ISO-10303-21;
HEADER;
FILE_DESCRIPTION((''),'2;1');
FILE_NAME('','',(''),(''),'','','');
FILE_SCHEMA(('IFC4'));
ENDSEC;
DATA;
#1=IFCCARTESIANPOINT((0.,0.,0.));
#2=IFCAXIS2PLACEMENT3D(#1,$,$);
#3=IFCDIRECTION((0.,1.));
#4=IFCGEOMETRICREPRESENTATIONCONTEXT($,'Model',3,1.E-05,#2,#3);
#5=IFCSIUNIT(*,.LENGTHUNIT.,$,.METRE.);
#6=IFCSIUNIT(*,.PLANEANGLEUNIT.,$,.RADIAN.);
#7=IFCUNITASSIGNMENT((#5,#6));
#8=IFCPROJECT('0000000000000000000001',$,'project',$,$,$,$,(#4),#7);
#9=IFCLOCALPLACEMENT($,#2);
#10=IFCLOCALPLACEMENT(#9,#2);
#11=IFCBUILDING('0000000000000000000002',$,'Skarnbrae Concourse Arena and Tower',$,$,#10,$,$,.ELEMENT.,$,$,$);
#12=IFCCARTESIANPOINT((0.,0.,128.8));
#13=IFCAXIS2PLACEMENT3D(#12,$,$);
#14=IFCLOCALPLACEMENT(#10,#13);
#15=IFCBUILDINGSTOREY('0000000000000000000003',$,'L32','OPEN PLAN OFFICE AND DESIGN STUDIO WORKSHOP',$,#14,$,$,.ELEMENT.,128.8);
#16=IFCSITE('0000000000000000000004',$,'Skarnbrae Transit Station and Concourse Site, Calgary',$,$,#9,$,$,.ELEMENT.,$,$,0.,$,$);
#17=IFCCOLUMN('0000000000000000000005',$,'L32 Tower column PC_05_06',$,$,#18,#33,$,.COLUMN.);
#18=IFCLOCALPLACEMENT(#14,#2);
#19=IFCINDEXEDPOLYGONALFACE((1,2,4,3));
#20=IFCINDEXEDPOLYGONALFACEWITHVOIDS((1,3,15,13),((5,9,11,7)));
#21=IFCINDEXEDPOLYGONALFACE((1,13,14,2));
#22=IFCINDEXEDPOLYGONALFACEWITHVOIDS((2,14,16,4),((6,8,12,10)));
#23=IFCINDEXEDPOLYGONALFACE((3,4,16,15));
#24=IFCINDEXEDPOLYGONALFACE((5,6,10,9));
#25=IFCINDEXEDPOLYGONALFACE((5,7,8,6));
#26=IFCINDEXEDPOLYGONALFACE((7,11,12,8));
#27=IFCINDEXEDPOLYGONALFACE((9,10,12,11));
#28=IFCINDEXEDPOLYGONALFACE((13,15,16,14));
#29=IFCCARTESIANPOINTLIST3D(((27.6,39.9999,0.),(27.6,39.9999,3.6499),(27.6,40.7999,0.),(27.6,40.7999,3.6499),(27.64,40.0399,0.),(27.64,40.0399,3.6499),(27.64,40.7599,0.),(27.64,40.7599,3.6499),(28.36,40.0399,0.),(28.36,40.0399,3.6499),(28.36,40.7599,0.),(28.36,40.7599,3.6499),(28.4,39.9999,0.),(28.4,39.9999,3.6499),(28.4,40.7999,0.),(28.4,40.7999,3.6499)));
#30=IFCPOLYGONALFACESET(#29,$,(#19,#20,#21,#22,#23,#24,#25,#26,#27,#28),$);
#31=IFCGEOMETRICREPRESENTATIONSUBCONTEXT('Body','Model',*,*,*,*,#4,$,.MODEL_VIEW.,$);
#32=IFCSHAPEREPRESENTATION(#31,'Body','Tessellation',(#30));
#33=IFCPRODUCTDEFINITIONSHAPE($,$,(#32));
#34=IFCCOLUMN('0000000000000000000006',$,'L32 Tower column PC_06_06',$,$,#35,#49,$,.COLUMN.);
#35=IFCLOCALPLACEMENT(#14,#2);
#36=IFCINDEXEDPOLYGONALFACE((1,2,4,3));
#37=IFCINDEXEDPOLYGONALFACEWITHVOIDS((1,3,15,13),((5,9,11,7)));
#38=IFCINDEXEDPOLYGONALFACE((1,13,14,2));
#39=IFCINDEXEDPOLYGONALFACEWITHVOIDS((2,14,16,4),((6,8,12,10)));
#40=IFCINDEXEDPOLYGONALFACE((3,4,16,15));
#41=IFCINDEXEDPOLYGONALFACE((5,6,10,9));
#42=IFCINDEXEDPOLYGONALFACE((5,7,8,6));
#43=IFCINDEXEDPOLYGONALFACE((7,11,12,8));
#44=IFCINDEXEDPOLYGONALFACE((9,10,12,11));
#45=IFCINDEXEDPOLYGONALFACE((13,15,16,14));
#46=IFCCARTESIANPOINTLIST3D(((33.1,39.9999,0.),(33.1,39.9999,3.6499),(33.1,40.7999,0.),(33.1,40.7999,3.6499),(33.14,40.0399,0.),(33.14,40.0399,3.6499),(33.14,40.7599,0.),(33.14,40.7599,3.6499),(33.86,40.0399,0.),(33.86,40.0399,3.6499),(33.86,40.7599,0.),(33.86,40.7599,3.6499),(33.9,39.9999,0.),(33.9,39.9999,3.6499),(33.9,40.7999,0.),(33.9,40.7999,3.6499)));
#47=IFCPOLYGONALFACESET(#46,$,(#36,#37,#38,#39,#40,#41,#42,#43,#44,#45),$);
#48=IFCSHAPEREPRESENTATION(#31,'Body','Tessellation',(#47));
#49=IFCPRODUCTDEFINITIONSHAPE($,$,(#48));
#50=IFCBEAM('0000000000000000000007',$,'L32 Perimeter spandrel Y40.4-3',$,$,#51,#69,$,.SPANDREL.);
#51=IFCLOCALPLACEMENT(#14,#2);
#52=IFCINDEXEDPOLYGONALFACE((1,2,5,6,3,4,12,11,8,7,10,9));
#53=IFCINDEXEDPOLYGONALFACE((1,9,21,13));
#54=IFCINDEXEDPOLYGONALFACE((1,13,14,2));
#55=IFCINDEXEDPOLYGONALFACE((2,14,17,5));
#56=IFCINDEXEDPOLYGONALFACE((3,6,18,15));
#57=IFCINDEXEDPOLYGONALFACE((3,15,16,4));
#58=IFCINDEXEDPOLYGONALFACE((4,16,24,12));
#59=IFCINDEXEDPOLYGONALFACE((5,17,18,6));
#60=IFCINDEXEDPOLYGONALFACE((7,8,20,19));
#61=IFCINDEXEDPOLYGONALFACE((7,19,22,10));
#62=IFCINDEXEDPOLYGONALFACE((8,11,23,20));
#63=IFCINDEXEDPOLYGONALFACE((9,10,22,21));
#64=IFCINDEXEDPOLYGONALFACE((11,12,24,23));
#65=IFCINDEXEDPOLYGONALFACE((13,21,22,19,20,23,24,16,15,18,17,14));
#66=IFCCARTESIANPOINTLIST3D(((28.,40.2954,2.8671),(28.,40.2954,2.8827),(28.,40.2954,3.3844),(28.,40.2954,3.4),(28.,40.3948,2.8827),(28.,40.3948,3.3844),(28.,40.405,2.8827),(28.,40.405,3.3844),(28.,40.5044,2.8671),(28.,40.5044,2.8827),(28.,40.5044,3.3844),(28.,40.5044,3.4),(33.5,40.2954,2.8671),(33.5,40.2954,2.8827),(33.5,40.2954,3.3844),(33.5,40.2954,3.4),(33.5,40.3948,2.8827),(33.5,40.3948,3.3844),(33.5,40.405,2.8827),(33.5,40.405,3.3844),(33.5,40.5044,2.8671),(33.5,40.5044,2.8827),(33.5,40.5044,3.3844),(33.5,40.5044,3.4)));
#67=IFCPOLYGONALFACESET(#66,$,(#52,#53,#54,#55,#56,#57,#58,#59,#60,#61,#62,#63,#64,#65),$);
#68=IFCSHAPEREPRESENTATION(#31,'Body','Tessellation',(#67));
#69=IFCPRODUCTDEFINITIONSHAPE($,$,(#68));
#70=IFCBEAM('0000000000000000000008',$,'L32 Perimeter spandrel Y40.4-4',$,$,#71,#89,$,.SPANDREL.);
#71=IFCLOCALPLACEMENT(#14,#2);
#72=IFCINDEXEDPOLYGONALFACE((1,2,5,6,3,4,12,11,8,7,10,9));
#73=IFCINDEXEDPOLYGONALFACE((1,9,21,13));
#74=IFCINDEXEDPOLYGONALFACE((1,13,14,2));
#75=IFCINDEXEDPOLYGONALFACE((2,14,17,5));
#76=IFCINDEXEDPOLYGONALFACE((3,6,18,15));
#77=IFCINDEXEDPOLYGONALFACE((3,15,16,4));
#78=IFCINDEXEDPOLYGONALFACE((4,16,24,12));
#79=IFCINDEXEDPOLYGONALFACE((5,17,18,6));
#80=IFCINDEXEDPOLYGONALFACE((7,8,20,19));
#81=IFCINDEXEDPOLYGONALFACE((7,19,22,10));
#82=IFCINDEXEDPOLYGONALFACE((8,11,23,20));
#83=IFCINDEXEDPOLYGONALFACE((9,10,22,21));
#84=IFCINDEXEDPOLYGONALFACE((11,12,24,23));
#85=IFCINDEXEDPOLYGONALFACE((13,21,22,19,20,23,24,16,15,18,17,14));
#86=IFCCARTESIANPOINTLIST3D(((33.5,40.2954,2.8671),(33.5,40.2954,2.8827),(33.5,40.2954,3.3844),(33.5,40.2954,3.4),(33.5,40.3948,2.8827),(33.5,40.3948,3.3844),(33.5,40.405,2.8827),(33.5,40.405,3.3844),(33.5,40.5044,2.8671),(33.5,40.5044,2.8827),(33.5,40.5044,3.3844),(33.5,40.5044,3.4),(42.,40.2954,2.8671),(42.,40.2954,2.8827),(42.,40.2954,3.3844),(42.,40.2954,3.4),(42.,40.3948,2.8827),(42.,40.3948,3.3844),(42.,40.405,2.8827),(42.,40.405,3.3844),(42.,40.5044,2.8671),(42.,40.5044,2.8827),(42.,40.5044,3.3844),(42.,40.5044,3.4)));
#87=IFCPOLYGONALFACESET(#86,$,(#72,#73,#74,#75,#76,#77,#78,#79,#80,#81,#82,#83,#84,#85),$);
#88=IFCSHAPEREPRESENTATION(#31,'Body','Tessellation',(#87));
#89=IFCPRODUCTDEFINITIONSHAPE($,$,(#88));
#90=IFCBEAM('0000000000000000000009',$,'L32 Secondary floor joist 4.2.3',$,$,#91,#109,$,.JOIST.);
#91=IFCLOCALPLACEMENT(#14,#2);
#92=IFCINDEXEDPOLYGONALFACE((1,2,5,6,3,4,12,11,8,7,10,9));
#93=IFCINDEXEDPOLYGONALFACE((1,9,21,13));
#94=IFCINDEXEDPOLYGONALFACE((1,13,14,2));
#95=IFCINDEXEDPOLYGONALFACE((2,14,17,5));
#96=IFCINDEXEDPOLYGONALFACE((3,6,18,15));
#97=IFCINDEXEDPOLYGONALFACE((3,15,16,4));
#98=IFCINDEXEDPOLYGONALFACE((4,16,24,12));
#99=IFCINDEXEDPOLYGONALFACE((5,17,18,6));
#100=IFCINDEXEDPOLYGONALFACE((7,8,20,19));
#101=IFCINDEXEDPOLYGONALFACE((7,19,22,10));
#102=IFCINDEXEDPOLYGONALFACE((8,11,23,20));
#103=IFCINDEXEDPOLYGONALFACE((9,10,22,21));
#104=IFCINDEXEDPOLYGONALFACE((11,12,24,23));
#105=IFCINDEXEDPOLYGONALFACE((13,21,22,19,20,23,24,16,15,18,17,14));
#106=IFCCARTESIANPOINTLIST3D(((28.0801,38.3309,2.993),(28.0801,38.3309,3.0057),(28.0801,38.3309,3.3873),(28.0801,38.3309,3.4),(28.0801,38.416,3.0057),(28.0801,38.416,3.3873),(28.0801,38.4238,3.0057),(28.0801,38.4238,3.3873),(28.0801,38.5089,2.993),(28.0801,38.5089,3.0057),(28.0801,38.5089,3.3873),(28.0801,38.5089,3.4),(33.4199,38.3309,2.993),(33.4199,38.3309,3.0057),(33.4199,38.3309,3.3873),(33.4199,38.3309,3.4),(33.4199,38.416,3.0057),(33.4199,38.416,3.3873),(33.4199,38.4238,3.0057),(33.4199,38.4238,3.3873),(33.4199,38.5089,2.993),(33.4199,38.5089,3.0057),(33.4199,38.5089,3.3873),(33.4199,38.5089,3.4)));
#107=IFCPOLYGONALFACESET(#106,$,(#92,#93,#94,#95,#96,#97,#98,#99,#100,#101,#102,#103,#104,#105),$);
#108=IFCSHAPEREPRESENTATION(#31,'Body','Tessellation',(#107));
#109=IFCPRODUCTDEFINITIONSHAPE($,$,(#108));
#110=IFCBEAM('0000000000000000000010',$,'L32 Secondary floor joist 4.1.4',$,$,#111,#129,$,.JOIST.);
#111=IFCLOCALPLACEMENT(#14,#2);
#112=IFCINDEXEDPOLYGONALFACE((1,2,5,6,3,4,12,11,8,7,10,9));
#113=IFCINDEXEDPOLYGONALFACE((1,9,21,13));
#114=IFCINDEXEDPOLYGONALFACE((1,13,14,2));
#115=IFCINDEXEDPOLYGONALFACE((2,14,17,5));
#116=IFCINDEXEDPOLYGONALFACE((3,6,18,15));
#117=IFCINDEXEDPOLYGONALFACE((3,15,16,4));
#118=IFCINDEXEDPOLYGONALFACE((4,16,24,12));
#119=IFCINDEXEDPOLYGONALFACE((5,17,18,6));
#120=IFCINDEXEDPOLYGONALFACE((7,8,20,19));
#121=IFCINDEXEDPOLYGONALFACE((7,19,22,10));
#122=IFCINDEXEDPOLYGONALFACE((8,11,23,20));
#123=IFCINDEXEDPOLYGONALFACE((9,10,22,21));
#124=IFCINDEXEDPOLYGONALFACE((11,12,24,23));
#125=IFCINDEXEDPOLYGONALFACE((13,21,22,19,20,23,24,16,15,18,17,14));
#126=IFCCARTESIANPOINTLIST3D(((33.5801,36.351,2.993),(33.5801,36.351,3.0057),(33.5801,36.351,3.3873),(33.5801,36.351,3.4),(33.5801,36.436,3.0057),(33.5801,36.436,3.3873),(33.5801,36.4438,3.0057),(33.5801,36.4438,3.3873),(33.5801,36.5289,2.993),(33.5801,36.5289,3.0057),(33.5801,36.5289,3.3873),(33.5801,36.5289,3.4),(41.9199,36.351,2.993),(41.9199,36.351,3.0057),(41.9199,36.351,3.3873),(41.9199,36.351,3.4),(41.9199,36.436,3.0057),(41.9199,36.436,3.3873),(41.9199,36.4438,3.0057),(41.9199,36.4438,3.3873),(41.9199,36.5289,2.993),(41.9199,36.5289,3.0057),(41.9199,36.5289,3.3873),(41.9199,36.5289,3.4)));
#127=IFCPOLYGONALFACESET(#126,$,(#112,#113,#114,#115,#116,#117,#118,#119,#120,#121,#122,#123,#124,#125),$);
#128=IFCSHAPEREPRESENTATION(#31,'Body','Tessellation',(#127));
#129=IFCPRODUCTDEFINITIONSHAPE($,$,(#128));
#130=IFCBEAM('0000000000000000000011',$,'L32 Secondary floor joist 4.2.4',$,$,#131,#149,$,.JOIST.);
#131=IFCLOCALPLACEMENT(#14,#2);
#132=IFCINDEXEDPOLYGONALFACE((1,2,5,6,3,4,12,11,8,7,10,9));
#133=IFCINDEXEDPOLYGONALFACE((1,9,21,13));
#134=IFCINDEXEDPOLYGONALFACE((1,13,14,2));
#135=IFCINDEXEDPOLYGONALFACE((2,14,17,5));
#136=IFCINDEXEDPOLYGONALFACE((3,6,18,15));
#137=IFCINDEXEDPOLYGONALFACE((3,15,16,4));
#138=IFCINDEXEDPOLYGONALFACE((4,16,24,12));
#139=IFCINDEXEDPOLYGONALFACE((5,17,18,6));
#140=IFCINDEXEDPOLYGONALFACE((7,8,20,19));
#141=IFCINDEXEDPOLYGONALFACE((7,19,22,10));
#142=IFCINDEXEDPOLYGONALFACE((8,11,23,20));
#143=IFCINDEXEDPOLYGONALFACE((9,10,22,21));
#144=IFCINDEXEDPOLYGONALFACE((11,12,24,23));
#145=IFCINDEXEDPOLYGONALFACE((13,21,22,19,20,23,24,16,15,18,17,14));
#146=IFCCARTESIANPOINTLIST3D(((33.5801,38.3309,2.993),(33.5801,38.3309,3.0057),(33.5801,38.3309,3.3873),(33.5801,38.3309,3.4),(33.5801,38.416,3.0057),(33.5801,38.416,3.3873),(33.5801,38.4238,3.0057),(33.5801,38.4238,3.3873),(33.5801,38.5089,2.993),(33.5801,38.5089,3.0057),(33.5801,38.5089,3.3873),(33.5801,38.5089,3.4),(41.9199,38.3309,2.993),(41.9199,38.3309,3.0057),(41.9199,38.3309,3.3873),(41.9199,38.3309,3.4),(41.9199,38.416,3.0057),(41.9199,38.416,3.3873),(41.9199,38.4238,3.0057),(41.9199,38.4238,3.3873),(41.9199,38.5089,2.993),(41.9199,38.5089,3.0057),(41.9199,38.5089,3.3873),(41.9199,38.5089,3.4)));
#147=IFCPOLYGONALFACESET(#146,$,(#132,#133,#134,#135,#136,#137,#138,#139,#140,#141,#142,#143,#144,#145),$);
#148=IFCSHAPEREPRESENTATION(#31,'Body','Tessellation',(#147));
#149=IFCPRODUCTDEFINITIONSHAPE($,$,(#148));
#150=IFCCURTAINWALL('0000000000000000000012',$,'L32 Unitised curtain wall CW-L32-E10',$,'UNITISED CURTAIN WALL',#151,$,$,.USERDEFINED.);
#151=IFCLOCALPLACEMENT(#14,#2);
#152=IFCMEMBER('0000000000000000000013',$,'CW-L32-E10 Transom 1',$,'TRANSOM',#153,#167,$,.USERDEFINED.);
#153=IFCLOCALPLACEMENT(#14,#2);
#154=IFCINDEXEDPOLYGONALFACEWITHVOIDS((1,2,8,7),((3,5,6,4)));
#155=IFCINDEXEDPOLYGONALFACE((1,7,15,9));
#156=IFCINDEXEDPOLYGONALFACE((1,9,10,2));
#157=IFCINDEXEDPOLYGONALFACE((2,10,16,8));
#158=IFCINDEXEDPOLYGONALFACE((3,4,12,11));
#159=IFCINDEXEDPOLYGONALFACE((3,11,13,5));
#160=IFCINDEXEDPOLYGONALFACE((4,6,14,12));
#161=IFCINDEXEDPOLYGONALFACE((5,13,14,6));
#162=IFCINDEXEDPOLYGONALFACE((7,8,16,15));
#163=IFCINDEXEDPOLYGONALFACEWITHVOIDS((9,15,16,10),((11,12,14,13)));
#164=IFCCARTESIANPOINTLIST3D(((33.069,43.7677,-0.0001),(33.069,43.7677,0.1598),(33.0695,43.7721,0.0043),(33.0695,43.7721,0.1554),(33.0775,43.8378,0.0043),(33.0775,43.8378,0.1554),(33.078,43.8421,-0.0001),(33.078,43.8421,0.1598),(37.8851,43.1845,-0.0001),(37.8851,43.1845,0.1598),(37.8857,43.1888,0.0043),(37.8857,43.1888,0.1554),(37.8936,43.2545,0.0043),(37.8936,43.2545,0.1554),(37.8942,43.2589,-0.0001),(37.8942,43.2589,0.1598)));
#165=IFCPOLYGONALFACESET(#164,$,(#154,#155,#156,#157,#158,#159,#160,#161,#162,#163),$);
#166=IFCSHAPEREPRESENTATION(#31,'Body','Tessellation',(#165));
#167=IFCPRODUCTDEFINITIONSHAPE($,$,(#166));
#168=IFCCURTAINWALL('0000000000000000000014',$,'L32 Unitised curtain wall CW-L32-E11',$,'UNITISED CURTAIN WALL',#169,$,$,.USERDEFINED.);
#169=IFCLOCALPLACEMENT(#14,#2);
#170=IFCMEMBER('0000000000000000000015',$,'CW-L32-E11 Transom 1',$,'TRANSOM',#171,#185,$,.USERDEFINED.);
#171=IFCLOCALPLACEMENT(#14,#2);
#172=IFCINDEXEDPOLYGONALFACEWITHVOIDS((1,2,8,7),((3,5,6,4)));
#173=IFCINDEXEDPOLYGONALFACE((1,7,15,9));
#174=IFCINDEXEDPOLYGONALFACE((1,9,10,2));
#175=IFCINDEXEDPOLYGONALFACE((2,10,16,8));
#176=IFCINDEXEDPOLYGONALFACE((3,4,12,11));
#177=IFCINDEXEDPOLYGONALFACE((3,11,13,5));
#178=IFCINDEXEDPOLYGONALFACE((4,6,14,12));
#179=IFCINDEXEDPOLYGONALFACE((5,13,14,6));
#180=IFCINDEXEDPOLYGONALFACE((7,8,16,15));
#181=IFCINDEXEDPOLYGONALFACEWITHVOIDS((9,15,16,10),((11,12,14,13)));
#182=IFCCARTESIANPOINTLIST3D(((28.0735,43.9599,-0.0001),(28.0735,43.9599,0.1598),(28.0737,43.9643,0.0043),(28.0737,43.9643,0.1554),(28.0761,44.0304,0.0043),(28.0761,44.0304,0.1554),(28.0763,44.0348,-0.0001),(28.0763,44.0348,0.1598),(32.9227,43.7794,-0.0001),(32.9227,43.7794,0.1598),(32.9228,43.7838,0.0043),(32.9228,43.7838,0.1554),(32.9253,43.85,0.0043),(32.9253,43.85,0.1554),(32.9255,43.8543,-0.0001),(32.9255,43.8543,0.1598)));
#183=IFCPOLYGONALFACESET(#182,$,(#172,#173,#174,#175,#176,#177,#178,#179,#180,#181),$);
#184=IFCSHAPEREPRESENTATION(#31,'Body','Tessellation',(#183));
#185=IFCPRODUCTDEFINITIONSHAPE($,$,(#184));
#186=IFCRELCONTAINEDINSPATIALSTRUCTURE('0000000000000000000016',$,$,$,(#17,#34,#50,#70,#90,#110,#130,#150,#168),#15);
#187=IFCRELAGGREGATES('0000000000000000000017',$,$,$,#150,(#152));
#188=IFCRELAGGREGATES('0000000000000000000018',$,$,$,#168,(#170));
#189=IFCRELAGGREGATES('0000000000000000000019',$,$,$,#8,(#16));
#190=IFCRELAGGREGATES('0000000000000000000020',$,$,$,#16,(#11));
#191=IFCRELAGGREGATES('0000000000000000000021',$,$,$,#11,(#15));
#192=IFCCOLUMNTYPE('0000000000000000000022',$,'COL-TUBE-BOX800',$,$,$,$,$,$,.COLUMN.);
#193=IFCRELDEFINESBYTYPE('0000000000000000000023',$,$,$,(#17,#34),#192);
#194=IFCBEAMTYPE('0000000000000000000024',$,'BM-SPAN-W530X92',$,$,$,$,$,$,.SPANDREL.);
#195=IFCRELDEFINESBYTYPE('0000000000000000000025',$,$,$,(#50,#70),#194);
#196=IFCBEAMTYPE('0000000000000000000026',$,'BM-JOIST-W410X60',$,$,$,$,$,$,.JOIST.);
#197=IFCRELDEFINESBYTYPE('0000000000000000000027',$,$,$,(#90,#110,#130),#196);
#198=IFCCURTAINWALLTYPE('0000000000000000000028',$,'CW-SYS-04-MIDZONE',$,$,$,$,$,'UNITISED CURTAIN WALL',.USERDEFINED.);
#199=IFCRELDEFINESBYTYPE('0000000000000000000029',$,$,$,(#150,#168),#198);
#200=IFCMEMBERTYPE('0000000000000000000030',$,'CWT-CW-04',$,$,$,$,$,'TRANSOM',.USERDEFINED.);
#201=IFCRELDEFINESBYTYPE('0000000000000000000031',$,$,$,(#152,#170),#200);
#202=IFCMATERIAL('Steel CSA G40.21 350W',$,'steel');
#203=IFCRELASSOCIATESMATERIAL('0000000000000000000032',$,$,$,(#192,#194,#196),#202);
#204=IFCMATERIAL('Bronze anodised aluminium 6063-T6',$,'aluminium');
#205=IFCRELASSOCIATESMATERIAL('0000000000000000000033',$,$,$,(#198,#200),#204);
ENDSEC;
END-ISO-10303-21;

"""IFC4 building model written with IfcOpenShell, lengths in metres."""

from ifc_helpers import new_model, si_unit, direction, frame, origin, origin_2d, place, context, subcontext, project, spatial, hollow_rectangle, i_section, extrude, source, transform, mapped, material, material_profile, profile_set, type_object, element, aggregate, save


model = new_model("IFC4")

# Units and contexts
model_context = context("Model", 3, precision=1e-05, world=origin(), true_north=direction((0.0, 1.0)))
body_context = subcontext(model_context, "Body", "Model", "MODEL_VIEW")
ifc_project = project(units=[si_unit("LENGTHUNIT", "METRE"), si_unit("PLANEANGLEUNIT", "RADIAN")], contexts=[model_context])

# Site, building, storey
site_placement = place(None, origin())
site = spatial("IfcSite", under=ifc_project, at=site_placement, Name="Skarnbrae Transit Station and Concourse Site, Calgary", CompositionType="ELEMENT", RefElevation=0.0)
building_placement = place(site_placement, origin())
building = spatial("IfcBuilding", under=site, at=building_placement, Name="Skarnbrae Concourse Arena and Tower", CompositionType="ELEMENT")
storey_placement = place(building_placement, frame((0.0, 0.0, 128.8)))
storey = spatial("IfcBuildingStorey", under=building, at=storey_placement, Name="L32", Description="OPEN PLAN OFFICE AND DESIGN STUDIO WORKSHOP", CompositionType="ELEMENT", Elevation=128.8)

# Columns
ifc_material_1 = material(Name="Steel CSA G40.21 350W", Category="steel")
ifc_material_profile_1 = material_profile(ifc_material_1, hollow_rectangle(XDim=0.8, YDim=0.8, WallThickness=0.04, at=origin_2d()), Name="BOX800X800X40")
ifc_profile_set_1 = profile_set([ifc_material_profile_1], Name="Steel CSA G40.21 350W")
column_type = type_object("IfcColumnType", Name="COL-TUBE-BOX800", PredefinedType="COLUMN", material=ifc_profile_set_1)
shared_shape_1 = source(origin(), body_context, "Body", "SweptSolid", [
    extrude(hollow_rectangle(XDim=0.8, YDim=0.8, WallThickness=0.04, at=origin_2d()), origin(), (0.0, 0.0, 1.0), 3.6499),
])
for number, where, z_axis, x_axis, name in (
    (1, (28.0, 40.3999, 0.0), (0.0, 0.0, 1.0), (1.0, 0.0, 0.0), "L32 Tower column PC_05_06"),
    (2, (33.5, 40.3999, 0.0), (0.0, 0.0, 1.0), (1.0, 0.0, 0.0), "L32 Tower column PC_06_06"),
):
    element("IfcColumn", number, at=place(storey_placement, frame(where, z_axis=z_axis, x_axis=x_axis)), inside=storey, type_object=column_type, Name=name, PredefinedType="COLUMN", context=body_context, shape_type="MappedRepresentation", body=[
        mapped(shared_shape_1, transform((0.0, 0.0, 0.0))),
    ])

# Beams
ifc_material_profile_2 = material_profile(ifc_material_1, i_section(OverallWidth=0.209, OverallDepth=0.533, WebThickness=0.0103, FlangeThickness=0.0156, at=origin_2d()), Name="W530X92")
ifc_profile_set_2 = profile_set([ifc_material_profile_2], Name="Steel CSA G40.21 350W")
beam_type_1 = type_object("IfcBeamType", Name="BM-SPAN-W530X92", PredefinedType="SPANDREL", material=ifc_profile_set_2)
shared_shape_2 = source(origin(), body_context, "Body", "SweptSolid", [
    extrude(i_section(OverallWidth=0.209, OverallDepth=0.533, WebThickness=0.0103, FlangeThickness=0.0156, at=origin_2d()), origin(), (0.0, 0.0, 1.0), 5.5),
])
beam_1_placement = place(storey_placement, frame((28.0, 40.3999, 3.1335), z_axis=(1.0, 0.0, 0.0), x_axis=(0.0, 1.0, 0.0)))
element("IfcBeam", 3, at=beam_1_placement, inside=storey, type_object=beam_type_1, Name="L32 Perimeter spandrel Y40.4-3", PredefinedType="SPANDREL", context=body_context, shape_type="MappedRepresentation", body=[
    mapped(shared_shape_2, transform((0.0, 0.0, 0.0))),
])
shared_shape_3 = source(origin(), body_context, "Body", "SweptSolid", [
    extrude(i_section(OverallWidth=0.209, OverallDepth=0.533, WebThickness=0.0103, FlangeThickness=0.0156, at=origin_2d()), origin(), (0.0, 0.0, 1.0), 8.5),
])
beam_2_placement = place(storey_placement, frame((33.5, 40.3999, 3.1335), z_axis=(1.0, 0.0, 0.0), x_axis=(0.0, 1.0, 0.0)))
element("IfcBeam", 4, at=beam_2_placement, inside=storey, type_object=beam_type_1, Name="L32 Perimeter spandrel Y40.4-4", PredefinedType="SPANDREL", context=body_context, shape_type="MappedRepresentation", body=[
    mapped(shared_shape_3, transform((0.0, 0.0, 0.0))),
])
ifc_material_profile_3 = material_profile(ifc_material_1, i_section(OverallWidth=0.178, OverallDepth=0.407, WebThickness=0.0078, FlangeThickness=0.0127, at=origin_2d()), Name="W410X60")
ifc_profile_set_3 = profile_set([ifc_material_profile_3], Name="Steel CSA G40.21 350W")
beam_type_2 = type_object("IfcBeamType", Name="BM-JOIST-W410X60", PredefinedType="JOIST", material=ifc_profile_set_3)
shared_shape_4 = source(origin(), body_context, "Body", "SweptSolid", [
    extrude(i_section(OverallWidth=0.178, OverallDepth=0.407, WebThickness=0.0078, FlangeThickness=0.0127, at=origin_2d()), origin(), (0.0, 0.0, 1.0), 5.3398),
])
beam_3_placement = place(storey_placement, frame((28.0801, 38.4199, 3.1965), z_axis=(1.0, 0.0, 0.0), x_axis=(0.0, 1.0, 0.0)))
element("IfcBeam", 5, at=beam_3_placement, inside=storey, type_object=beam_type_2, Name="L32 Secondary floor joist 4.2.3", PredefinedType="JOIST", context=body_context, shape_type="MappedRepresentation", body=[
    mapped(shared_shape_4, transform((0.0, 0.0, 0.0))),
])
shared_shape_5 = source(origin(), body_context, "Body", "SweptSolid", [
    extrude(i_section(OverallWidth=0.178, OverallDepth=0.407, WebThickness=0.0078, FlangeThickness=0.0127, at=origin_2d()), origin(), (0.0, 0.0, 1.0), 8.3398),
])
for number, where, z_axis, x_axis, name in (
    (6, (33.5801, 36.4399, 3.1965), (1.0, 0.0, 0.0), (0.0, 1.0, 0.0), "L32 Secondary floor joist 4.1.4"),
    (7, (33.5801, 38.4199, 3.1965), (1.0, 0.0, 0.0), (0.0, 1.0, 0.0), "L32 Secondary floor joist 4.2.4"),
):
    element("IfcBeam", number, at=place(storey_placement, frame(where, z_axis=z_axis, x_axis=x_axis)), inside=storey, type_object=beam_type_2, Name=name, PredefinedType="JOIST", context=body_context, shape_type="MappedRepresentation", body=[
        mapped(shared_shape_5, transform((0.0, 0.0, 0.0))),
    ])

# Curtain walls, members
ifc_material_2 = material(Name="Bronze anodised aluminium 6063-T6", Category="aluminium")
curtain_wall_type = type_object("IfcCurtainWallType", Name="CW-SYS-04-MIDZONE", ElementType="UNITISED CURTAIN WALL", PredefinedType="USERDEFINED", material=ifc_material_2)
curtain_wall_1_placement = place(storey_placement, origin())
curtain_wall_1 = element("IfcCurtainWall", 8, at=curtain_wall_1_placement, inside=storey, type_object=curtain_wall_type, Name="L32 Unitised curtain wall CW-L32-E10", ObjectType="UNITISED CURTAIN WALL", PredefinedType="USERDEFINED")
ifc_material_profile_4 = material_profile(ifc_material_2, hollow_rectangle(XDim=0.075, YDim=0.1599, WallThickness=0.0044, at=origin_2d()), Name="ALU-TRAN-75X160")
ifc_profile_set_4 = profile_set([ifc_material_profile_4], Name="Bronze anodised aluminium 6063-T6")
member_type_1 = type_object("IfcMemberType", Name="CWT-CW-04", ElementType="TRANSOM", PredefinedType="USERDEFINED", material=ifc_profile_set_4)
shared_shape_6 = source(origin(), body_context, "Body", "SweptSolid", [
    extrude(hollow_rectangle(XDim=0.075, YDim=0.1599, WallThickness=0.0044, at=origin_2d()), origin(), (0.0, 0.0, 1.0), 4.8513),
])
member_1_placement = place(storey_placement, frame((37.8896, 43.2217, 0.0798), z_axis=(-0.992747, 0.120225, 0.0), x_axis=(-0.120225, -0.992747, 0.0)))
member_1 = element("IfcMember", 9, at=member_1_placement, type_object=member_type_1, Name="CW-L32-E10 Transom 1", ObjectType="TRANSOM", PredefinedType="USERDEFINED", context=body_context, shape_type="MappedRepresentation", body=[
    mapped(shared_shape_6, transform((0.0, 0.0, 0.0))),
])
curtain_wall_2_placement = place(storey_placement, origin())
curtain_wall_2 = element("IfcCurtainWall", 10, at=curtain_wall_2_placement, inside=storey, type_object=curtain_wall_type, Name="L32 Unitised curtain wall CW-L32-E11", ObjectType="UNITISED CURTAIN WALL", PredefinedType="USERDEFINED")
shared_shape_7 = source(origin(), body_context, "Body", "SweptSolid", [
    extrude(hollow_rectangle(XDim=0.075, YDim=0.1599, WallThickness=0.0044, at=origin_2d()), origin(), (0.0, 0.0, 1.0), 4.8525),
])
member_2_placement = place(storey_placement, frame((32.9241, 43.8169, 0.0798), z_axis=(-0.999309, 0.037181, 0.0), x_axis=(-0.037181, -0.999309, 0.0)))
member_2 = element("IfcMember", 11, at=member_2_placement, type_object=member_type_1, Name="CW-L32-E11 Transom 1", ObjectType="TRANSOM", PredefinedType="USERDEFINED", context=body_context, shape_type="MappedRepresentation", body=[
    mapped(shared_shape_7, transform((0.0, 0.0, 0.0))),
])

aggregate(curtain_wall_1, [member_1])
aggregate(curtain_wall_2, [member_2])

save(model, "model.ifc")
